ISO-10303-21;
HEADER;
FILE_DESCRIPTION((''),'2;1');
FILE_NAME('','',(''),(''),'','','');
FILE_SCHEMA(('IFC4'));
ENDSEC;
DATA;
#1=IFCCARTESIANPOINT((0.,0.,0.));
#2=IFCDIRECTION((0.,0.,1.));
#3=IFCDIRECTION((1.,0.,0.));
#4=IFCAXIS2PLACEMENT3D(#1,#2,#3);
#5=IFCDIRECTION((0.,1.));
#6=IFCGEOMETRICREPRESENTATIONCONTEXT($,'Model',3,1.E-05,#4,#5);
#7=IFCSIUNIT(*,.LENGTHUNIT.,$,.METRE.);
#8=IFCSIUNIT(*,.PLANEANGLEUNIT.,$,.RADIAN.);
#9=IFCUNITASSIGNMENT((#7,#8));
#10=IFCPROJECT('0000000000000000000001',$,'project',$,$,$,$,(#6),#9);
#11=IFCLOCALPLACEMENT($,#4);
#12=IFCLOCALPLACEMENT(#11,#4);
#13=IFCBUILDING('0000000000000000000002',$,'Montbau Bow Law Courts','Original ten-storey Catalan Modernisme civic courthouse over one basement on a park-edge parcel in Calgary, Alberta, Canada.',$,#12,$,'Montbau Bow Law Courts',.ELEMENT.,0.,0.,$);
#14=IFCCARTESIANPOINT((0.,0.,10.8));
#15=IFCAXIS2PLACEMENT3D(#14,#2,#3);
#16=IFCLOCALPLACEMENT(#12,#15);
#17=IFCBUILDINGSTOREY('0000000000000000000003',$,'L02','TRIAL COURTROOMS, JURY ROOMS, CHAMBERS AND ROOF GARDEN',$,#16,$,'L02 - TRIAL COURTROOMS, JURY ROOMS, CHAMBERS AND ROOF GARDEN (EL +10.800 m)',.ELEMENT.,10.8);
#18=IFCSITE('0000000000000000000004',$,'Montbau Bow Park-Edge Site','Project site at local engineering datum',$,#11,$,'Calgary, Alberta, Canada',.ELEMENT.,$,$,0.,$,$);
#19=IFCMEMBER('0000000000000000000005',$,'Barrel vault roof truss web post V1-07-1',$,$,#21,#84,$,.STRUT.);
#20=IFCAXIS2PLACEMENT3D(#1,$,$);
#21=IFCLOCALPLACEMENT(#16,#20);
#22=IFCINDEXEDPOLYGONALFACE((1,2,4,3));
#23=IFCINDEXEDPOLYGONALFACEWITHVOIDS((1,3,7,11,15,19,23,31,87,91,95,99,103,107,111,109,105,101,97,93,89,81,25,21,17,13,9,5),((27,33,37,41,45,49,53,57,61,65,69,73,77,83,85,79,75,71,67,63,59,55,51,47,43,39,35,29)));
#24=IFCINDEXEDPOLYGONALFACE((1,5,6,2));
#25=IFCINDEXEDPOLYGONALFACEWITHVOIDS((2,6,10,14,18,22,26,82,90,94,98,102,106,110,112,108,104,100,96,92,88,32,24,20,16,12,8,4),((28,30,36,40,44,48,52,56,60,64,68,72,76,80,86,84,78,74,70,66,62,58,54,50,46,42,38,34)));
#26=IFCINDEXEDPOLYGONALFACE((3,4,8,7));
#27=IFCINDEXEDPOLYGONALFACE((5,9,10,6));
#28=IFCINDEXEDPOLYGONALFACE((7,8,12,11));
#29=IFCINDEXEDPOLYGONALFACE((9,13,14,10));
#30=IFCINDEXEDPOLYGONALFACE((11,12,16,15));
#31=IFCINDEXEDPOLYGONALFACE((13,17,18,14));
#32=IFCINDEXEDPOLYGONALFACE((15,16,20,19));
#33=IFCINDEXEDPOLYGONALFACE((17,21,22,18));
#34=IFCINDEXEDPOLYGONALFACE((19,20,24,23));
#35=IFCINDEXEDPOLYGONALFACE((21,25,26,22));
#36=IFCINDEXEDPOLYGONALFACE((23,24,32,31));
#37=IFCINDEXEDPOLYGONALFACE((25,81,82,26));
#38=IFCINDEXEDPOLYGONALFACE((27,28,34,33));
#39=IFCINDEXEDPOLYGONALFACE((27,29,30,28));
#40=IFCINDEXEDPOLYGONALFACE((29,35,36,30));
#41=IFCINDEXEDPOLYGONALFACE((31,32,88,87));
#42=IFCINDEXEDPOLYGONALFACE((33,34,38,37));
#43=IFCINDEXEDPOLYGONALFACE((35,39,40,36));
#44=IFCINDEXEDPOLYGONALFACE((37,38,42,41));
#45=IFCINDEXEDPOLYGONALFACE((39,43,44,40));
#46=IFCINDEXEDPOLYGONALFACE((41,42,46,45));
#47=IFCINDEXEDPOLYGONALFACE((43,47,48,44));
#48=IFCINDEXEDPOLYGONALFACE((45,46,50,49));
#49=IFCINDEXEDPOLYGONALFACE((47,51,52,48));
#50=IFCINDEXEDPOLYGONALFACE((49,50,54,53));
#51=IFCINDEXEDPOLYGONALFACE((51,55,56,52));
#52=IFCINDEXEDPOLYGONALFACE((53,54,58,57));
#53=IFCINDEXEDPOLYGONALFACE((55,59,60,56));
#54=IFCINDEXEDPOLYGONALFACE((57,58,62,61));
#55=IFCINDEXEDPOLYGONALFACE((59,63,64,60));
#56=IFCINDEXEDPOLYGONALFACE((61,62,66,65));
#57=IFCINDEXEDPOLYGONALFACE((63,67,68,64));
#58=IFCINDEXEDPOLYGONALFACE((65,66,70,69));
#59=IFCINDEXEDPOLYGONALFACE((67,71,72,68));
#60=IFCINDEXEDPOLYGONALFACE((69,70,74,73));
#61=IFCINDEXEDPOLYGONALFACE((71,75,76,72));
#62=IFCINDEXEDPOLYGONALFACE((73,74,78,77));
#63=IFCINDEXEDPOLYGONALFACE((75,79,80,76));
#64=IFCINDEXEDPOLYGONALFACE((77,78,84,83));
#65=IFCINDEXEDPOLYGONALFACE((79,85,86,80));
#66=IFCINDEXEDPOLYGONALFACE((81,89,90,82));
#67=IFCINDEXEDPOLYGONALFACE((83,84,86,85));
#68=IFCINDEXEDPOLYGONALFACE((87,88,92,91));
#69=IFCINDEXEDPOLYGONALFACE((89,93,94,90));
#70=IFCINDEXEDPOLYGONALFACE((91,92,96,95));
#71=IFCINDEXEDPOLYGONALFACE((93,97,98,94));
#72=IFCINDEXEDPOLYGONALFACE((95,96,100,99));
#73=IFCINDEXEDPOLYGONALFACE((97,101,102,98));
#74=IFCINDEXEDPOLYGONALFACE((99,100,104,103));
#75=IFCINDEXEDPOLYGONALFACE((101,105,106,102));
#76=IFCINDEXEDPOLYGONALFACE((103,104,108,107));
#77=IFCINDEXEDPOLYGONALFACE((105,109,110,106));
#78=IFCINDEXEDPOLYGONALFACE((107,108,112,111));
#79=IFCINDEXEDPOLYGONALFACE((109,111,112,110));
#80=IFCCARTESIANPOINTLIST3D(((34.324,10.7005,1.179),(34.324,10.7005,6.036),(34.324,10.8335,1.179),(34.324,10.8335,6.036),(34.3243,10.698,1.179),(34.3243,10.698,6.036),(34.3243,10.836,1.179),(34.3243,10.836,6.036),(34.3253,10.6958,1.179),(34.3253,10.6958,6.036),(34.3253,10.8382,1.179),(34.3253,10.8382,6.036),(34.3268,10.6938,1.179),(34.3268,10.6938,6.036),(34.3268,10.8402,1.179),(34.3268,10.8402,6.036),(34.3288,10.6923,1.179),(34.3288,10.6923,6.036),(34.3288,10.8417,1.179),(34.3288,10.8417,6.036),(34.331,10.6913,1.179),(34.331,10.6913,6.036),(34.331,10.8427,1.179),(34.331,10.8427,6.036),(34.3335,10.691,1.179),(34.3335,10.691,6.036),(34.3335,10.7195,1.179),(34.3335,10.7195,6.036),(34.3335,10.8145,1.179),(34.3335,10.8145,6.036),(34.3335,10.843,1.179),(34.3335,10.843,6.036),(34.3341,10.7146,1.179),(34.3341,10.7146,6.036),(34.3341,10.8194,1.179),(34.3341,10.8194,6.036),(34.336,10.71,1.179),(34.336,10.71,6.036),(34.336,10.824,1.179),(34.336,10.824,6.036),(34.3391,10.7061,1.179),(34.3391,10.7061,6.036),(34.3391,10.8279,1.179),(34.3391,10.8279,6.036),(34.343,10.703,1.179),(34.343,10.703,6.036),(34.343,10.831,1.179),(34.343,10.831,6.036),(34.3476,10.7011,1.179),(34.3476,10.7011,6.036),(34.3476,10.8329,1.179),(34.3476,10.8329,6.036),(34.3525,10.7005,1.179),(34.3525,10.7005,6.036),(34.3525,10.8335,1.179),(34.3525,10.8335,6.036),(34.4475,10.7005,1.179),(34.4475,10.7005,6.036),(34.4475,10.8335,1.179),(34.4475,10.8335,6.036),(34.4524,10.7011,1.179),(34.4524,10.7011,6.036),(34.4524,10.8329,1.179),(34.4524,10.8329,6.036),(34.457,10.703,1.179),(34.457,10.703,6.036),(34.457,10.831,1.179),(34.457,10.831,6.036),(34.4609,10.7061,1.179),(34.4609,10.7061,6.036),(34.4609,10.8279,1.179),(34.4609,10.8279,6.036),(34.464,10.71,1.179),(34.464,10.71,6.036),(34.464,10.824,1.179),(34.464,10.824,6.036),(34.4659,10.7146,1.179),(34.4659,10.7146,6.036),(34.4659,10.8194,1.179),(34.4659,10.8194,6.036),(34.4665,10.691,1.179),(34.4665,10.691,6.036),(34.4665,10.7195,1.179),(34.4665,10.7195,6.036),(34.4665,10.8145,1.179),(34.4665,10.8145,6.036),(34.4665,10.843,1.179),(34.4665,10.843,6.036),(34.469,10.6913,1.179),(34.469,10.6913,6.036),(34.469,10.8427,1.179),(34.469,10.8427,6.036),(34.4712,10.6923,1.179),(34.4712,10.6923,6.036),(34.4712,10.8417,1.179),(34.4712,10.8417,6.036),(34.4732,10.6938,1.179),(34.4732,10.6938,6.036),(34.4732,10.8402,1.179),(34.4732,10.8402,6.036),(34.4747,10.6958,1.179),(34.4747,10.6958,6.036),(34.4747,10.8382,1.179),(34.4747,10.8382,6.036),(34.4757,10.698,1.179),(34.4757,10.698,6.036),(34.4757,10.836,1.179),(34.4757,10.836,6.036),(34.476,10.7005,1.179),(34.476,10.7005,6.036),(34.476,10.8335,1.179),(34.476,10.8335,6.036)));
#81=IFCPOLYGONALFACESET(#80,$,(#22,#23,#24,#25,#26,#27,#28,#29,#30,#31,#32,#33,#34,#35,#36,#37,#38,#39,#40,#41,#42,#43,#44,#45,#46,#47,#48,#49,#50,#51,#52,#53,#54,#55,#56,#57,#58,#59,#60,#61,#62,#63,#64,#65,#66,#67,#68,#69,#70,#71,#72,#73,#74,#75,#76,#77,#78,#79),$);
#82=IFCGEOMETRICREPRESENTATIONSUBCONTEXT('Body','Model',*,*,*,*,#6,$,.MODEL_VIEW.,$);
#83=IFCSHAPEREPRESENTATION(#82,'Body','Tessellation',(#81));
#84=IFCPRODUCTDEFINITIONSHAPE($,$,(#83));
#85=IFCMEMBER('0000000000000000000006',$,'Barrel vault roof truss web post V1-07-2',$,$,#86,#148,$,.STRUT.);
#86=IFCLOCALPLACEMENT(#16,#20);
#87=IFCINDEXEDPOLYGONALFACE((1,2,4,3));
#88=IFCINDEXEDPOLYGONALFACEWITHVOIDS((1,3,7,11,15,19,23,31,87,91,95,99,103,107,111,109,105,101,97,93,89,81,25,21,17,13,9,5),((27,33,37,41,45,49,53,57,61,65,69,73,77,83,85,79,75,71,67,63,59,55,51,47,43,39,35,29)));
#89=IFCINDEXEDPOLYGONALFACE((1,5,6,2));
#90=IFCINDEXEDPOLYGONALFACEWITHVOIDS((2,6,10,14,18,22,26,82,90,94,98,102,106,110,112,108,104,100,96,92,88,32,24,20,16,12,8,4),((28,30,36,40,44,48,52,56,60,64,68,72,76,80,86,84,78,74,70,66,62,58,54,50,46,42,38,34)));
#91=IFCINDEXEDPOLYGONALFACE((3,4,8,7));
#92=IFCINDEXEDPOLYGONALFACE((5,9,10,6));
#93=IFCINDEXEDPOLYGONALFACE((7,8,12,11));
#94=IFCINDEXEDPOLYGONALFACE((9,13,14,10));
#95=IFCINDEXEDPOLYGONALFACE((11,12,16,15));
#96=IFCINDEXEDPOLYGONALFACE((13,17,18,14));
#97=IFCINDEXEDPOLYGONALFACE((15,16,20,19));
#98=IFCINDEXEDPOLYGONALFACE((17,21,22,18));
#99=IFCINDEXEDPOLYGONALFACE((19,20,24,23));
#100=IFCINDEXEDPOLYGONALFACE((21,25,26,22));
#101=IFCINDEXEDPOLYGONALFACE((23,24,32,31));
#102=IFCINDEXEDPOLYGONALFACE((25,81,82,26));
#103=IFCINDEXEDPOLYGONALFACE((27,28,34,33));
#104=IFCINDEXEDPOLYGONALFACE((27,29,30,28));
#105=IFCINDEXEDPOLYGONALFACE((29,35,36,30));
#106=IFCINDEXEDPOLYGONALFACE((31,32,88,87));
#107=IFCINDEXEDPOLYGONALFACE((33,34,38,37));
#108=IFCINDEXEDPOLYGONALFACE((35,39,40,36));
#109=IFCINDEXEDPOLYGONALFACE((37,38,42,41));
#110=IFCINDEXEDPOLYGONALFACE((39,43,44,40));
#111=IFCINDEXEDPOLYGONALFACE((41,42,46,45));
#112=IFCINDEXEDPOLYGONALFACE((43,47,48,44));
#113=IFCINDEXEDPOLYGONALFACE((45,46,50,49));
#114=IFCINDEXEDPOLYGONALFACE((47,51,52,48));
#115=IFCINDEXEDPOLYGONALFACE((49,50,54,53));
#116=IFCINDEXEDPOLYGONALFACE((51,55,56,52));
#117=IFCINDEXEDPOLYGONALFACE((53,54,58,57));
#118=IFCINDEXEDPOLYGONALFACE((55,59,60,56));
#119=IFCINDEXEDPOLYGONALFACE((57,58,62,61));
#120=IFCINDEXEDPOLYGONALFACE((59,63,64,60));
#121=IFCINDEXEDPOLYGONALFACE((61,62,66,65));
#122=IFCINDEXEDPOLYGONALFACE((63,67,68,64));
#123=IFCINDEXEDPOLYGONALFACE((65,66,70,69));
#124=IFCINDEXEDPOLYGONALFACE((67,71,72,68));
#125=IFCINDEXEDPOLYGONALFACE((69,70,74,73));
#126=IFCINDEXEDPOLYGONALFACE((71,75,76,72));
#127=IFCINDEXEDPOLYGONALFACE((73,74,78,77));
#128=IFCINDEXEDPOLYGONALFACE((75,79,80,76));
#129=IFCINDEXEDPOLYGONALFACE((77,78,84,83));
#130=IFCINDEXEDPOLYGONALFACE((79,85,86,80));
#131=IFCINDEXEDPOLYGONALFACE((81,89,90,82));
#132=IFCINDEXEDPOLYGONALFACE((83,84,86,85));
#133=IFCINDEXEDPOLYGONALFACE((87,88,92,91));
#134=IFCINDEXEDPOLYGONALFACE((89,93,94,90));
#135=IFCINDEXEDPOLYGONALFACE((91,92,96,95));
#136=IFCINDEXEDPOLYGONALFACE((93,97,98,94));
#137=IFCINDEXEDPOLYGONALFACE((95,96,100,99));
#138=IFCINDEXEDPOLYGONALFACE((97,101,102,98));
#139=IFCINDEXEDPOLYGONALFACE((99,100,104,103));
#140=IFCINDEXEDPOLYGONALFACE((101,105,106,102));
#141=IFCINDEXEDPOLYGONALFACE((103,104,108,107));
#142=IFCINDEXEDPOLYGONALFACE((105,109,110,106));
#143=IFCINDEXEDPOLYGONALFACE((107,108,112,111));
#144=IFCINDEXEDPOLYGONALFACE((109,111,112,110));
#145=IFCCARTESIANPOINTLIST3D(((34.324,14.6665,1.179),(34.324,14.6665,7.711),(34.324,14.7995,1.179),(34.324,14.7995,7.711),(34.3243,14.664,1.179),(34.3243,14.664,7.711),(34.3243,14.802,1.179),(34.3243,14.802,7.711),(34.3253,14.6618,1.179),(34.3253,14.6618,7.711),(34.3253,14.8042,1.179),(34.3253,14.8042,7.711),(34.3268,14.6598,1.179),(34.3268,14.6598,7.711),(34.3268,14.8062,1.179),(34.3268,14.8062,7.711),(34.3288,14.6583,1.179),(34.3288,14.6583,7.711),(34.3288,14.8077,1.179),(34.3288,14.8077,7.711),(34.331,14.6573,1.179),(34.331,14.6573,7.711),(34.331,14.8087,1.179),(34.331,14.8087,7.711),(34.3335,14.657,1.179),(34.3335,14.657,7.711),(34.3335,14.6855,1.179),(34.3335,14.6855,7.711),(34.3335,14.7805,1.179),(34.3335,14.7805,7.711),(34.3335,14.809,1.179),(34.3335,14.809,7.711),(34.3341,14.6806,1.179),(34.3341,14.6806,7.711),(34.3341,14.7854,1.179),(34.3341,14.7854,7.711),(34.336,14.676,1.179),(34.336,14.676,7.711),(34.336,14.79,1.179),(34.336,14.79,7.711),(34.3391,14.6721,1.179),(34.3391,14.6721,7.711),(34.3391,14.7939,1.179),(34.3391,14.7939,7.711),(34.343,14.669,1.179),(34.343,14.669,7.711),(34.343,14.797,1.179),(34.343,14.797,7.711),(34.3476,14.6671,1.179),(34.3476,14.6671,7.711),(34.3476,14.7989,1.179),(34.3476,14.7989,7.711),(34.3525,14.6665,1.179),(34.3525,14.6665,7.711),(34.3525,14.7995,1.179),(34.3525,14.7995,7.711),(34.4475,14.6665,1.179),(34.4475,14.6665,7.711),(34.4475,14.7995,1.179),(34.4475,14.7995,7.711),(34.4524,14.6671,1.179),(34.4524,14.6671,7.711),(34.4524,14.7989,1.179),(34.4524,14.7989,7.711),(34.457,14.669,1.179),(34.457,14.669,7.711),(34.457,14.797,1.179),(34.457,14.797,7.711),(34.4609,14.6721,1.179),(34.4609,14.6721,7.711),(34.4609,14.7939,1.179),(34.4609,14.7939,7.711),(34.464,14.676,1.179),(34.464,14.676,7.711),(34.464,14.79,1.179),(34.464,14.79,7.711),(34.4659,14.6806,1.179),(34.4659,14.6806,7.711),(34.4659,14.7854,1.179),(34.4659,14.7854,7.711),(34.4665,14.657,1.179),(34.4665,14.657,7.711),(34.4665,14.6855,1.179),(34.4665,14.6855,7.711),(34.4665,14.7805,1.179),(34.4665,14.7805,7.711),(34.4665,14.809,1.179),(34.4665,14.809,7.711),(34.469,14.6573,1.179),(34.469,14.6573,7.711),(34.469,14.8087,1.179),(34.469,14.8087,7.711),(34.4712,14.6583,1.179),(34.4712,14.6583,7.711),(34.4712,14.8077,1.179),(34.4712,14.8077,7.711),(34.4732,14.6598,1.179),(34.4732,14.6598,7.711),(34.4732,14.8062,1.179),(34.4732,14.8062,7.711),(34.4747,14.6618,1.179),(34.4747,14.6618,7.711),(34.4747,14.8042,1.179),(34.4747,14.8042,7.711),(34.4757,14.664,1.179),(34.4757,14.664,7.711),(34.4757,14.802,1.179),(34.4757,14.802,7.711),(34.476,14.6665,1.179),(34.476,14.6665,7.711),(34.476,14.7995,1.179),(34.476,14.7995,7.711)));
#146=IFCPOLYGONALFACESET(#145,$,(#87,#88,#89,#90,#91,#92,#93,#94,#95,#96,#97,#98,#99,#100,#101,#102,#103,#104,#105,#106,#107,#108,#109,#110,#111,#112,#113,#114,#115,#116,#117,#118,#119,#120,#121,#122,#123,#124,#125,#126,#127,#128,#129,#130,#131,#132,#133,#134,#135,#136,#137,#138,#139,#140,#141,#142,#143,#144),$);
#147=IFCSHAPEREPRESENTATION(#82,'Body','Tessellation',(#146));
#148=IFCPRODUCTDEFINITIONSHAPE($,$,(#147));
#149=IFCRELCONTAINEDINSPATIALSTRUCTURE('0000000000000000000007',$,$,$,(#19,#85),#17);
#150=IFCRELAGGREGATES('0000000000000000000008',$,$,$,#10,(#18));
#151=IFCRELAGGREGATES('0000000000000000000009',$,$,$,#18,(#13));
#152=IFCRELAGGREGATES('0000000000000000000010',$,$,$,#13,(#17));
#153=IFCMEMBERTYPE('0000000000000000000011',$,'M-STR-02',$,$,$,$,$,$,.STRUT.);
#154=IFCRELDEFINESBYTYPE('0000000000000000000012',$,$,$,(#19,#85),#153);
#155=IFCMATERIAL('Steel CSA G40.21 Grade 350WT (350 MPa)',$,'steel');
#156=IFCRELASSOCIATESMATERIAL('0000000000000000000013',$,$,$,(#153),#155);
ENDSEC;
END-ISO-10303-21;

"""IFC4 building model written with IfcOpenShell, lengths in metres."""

from ifc_helpers import new_model, si_unit, direction, frame, origin_with_axes, origin_2d_with_axis, place, context, subcontext, project, spatial, hollow_rectangle, extrude, material, material_profile, profile_set, type_object, element, save


model = new_model("IFC4")

# Units and contexts
model_context = context("Model", 3, precision=1e-05, world=origin_with_axes(), true_north=direction((0.0, 1.0)))
body_context = subcontext(model_context, "Body", "Model", "MODEL_VIEW")
ifc_project = project(units=[si_unit("LENGTHUNIT", "METRE"), si_unit("PLANEANGLEUNIT", "RADIAN")], contexts=[model_context])

# Site, building, storey
site_placement = place(None, origin_with_axes())
site = spatial("IfcSite", under=ifc_project, at=site_placement, Name="Montbau Bow Park-Edge Site", Description="Project site at local engineering datum", LongName="Calgary, Alberta, Canada", CompositionType="ELEMENT", RefElevation=0.0)
building_placement = place(site_placement, origin_with_axes())
building = spatial("IfcBuilding", under=site, at=building_placement, Name="Montbau Bow Law Courts", Description="Original ten-storey Catalan Modernisme civic courthouse over one basement on a park-edge parcel in Calgary, Alberta, Canada.", LongName="Montbau Bow Law Courts", CompositionType="ELEMENT", ElevationOfRefHeight=0.0, ElevationOfTerrain=0.0)
storey_placement = place(building_placement, frame((0.0, 0.0, 10.8), z_axis=(0.0, 0.0, 1.0), x_axis=(1.0, 0.0, 0.0)))
storey = spatial("IfcBuildingStorey", under=building, at=storey_placement, Name="L02", Description="TRIAL COURTROOMS, JURY ROOMS, CHAMBERS AND ROOF GARDEN", LongName="L02 - TRIAL COURTROOMS, JURY ROOMS, CHAMBERS AND ROOF GARDEN (EL +10.800 m)", CompositionType="ELEMENT", Elevation=10.8)

# Shared definitions
ifc_material_1 = material(Name="Steel CSA G40.21 Grade 350WT (350 MPa)", Category="steel")

# Members
ifc_material_profile_1 = material_profile(ifc_material_1, hollow_rectangle(XDim=0.152, YDim=0.152, WallThickness=0.0095, InnerFilletRadius=0.019, OuterFilletRadius=0.0095, at=origin_2d_with_axis()), Name="HSS152X152X9.5", Category="Main", Priority=0)
ifc_profile_set_1 = profile_set([ifc_material_profile_1], Name="Steel CSA G40.21 Grade 350WT (350 MPa)")
member_type_1 = type_object("IfcMemberType", Name="M-STR-02", PredefinedType="STRUT", material=ifc_profile_set_1)
member_1_placement = place(None, frame((34.4, 10.767, 11.979), z_axis=(0.0, 0.0, 1.0), x_axis=(1.0, 0.0, 0.0)))
element("IfcMember", 1, at=member_1_placement, inside=storey, type_object=member_type_1, Name="Barrel vault roof truss web post V1-07-1", PredefinedType="STRUT", context=body_context, shape_type="SweptSolid", body=[
    extrude(hollow_rectangle(XDim=0.152, YDim=0.152, WallThickness=0.0095, InnerFilletRadius=0.019, OuterFilletRadius=0.0095, at=origin_2d_with_axis()), origin_with_axes(), (0.0, 0.0, 1.0), 4.857),
])
member_2_placement = place(None, frame((34.4, 14.733, 11.979), z_axis=(0.0, 0.0, 1.0), x_axis=(1.0, 0.0, 0.0)))
element("IfcMember", 2, at=member_2_placement, inside=storey, type_object=member_type_1, Name="Barrel vault roof truss web post V1-07-2", PredefinedType="STRUT", context=body_context, shape_type="SweptSolid", body=[
    extrude(hollow_rectangle(XDim=0.152, YDim=0.152, WallThickness=0.0095, InnerFilletRadius=0.019, OuterFilletRadius=0.0095, at=origin_2d_with_axis()), origin_with_axes(), (0.0, 0.0, 1.0), 6.532),
])

save(model, "model.ifc")
